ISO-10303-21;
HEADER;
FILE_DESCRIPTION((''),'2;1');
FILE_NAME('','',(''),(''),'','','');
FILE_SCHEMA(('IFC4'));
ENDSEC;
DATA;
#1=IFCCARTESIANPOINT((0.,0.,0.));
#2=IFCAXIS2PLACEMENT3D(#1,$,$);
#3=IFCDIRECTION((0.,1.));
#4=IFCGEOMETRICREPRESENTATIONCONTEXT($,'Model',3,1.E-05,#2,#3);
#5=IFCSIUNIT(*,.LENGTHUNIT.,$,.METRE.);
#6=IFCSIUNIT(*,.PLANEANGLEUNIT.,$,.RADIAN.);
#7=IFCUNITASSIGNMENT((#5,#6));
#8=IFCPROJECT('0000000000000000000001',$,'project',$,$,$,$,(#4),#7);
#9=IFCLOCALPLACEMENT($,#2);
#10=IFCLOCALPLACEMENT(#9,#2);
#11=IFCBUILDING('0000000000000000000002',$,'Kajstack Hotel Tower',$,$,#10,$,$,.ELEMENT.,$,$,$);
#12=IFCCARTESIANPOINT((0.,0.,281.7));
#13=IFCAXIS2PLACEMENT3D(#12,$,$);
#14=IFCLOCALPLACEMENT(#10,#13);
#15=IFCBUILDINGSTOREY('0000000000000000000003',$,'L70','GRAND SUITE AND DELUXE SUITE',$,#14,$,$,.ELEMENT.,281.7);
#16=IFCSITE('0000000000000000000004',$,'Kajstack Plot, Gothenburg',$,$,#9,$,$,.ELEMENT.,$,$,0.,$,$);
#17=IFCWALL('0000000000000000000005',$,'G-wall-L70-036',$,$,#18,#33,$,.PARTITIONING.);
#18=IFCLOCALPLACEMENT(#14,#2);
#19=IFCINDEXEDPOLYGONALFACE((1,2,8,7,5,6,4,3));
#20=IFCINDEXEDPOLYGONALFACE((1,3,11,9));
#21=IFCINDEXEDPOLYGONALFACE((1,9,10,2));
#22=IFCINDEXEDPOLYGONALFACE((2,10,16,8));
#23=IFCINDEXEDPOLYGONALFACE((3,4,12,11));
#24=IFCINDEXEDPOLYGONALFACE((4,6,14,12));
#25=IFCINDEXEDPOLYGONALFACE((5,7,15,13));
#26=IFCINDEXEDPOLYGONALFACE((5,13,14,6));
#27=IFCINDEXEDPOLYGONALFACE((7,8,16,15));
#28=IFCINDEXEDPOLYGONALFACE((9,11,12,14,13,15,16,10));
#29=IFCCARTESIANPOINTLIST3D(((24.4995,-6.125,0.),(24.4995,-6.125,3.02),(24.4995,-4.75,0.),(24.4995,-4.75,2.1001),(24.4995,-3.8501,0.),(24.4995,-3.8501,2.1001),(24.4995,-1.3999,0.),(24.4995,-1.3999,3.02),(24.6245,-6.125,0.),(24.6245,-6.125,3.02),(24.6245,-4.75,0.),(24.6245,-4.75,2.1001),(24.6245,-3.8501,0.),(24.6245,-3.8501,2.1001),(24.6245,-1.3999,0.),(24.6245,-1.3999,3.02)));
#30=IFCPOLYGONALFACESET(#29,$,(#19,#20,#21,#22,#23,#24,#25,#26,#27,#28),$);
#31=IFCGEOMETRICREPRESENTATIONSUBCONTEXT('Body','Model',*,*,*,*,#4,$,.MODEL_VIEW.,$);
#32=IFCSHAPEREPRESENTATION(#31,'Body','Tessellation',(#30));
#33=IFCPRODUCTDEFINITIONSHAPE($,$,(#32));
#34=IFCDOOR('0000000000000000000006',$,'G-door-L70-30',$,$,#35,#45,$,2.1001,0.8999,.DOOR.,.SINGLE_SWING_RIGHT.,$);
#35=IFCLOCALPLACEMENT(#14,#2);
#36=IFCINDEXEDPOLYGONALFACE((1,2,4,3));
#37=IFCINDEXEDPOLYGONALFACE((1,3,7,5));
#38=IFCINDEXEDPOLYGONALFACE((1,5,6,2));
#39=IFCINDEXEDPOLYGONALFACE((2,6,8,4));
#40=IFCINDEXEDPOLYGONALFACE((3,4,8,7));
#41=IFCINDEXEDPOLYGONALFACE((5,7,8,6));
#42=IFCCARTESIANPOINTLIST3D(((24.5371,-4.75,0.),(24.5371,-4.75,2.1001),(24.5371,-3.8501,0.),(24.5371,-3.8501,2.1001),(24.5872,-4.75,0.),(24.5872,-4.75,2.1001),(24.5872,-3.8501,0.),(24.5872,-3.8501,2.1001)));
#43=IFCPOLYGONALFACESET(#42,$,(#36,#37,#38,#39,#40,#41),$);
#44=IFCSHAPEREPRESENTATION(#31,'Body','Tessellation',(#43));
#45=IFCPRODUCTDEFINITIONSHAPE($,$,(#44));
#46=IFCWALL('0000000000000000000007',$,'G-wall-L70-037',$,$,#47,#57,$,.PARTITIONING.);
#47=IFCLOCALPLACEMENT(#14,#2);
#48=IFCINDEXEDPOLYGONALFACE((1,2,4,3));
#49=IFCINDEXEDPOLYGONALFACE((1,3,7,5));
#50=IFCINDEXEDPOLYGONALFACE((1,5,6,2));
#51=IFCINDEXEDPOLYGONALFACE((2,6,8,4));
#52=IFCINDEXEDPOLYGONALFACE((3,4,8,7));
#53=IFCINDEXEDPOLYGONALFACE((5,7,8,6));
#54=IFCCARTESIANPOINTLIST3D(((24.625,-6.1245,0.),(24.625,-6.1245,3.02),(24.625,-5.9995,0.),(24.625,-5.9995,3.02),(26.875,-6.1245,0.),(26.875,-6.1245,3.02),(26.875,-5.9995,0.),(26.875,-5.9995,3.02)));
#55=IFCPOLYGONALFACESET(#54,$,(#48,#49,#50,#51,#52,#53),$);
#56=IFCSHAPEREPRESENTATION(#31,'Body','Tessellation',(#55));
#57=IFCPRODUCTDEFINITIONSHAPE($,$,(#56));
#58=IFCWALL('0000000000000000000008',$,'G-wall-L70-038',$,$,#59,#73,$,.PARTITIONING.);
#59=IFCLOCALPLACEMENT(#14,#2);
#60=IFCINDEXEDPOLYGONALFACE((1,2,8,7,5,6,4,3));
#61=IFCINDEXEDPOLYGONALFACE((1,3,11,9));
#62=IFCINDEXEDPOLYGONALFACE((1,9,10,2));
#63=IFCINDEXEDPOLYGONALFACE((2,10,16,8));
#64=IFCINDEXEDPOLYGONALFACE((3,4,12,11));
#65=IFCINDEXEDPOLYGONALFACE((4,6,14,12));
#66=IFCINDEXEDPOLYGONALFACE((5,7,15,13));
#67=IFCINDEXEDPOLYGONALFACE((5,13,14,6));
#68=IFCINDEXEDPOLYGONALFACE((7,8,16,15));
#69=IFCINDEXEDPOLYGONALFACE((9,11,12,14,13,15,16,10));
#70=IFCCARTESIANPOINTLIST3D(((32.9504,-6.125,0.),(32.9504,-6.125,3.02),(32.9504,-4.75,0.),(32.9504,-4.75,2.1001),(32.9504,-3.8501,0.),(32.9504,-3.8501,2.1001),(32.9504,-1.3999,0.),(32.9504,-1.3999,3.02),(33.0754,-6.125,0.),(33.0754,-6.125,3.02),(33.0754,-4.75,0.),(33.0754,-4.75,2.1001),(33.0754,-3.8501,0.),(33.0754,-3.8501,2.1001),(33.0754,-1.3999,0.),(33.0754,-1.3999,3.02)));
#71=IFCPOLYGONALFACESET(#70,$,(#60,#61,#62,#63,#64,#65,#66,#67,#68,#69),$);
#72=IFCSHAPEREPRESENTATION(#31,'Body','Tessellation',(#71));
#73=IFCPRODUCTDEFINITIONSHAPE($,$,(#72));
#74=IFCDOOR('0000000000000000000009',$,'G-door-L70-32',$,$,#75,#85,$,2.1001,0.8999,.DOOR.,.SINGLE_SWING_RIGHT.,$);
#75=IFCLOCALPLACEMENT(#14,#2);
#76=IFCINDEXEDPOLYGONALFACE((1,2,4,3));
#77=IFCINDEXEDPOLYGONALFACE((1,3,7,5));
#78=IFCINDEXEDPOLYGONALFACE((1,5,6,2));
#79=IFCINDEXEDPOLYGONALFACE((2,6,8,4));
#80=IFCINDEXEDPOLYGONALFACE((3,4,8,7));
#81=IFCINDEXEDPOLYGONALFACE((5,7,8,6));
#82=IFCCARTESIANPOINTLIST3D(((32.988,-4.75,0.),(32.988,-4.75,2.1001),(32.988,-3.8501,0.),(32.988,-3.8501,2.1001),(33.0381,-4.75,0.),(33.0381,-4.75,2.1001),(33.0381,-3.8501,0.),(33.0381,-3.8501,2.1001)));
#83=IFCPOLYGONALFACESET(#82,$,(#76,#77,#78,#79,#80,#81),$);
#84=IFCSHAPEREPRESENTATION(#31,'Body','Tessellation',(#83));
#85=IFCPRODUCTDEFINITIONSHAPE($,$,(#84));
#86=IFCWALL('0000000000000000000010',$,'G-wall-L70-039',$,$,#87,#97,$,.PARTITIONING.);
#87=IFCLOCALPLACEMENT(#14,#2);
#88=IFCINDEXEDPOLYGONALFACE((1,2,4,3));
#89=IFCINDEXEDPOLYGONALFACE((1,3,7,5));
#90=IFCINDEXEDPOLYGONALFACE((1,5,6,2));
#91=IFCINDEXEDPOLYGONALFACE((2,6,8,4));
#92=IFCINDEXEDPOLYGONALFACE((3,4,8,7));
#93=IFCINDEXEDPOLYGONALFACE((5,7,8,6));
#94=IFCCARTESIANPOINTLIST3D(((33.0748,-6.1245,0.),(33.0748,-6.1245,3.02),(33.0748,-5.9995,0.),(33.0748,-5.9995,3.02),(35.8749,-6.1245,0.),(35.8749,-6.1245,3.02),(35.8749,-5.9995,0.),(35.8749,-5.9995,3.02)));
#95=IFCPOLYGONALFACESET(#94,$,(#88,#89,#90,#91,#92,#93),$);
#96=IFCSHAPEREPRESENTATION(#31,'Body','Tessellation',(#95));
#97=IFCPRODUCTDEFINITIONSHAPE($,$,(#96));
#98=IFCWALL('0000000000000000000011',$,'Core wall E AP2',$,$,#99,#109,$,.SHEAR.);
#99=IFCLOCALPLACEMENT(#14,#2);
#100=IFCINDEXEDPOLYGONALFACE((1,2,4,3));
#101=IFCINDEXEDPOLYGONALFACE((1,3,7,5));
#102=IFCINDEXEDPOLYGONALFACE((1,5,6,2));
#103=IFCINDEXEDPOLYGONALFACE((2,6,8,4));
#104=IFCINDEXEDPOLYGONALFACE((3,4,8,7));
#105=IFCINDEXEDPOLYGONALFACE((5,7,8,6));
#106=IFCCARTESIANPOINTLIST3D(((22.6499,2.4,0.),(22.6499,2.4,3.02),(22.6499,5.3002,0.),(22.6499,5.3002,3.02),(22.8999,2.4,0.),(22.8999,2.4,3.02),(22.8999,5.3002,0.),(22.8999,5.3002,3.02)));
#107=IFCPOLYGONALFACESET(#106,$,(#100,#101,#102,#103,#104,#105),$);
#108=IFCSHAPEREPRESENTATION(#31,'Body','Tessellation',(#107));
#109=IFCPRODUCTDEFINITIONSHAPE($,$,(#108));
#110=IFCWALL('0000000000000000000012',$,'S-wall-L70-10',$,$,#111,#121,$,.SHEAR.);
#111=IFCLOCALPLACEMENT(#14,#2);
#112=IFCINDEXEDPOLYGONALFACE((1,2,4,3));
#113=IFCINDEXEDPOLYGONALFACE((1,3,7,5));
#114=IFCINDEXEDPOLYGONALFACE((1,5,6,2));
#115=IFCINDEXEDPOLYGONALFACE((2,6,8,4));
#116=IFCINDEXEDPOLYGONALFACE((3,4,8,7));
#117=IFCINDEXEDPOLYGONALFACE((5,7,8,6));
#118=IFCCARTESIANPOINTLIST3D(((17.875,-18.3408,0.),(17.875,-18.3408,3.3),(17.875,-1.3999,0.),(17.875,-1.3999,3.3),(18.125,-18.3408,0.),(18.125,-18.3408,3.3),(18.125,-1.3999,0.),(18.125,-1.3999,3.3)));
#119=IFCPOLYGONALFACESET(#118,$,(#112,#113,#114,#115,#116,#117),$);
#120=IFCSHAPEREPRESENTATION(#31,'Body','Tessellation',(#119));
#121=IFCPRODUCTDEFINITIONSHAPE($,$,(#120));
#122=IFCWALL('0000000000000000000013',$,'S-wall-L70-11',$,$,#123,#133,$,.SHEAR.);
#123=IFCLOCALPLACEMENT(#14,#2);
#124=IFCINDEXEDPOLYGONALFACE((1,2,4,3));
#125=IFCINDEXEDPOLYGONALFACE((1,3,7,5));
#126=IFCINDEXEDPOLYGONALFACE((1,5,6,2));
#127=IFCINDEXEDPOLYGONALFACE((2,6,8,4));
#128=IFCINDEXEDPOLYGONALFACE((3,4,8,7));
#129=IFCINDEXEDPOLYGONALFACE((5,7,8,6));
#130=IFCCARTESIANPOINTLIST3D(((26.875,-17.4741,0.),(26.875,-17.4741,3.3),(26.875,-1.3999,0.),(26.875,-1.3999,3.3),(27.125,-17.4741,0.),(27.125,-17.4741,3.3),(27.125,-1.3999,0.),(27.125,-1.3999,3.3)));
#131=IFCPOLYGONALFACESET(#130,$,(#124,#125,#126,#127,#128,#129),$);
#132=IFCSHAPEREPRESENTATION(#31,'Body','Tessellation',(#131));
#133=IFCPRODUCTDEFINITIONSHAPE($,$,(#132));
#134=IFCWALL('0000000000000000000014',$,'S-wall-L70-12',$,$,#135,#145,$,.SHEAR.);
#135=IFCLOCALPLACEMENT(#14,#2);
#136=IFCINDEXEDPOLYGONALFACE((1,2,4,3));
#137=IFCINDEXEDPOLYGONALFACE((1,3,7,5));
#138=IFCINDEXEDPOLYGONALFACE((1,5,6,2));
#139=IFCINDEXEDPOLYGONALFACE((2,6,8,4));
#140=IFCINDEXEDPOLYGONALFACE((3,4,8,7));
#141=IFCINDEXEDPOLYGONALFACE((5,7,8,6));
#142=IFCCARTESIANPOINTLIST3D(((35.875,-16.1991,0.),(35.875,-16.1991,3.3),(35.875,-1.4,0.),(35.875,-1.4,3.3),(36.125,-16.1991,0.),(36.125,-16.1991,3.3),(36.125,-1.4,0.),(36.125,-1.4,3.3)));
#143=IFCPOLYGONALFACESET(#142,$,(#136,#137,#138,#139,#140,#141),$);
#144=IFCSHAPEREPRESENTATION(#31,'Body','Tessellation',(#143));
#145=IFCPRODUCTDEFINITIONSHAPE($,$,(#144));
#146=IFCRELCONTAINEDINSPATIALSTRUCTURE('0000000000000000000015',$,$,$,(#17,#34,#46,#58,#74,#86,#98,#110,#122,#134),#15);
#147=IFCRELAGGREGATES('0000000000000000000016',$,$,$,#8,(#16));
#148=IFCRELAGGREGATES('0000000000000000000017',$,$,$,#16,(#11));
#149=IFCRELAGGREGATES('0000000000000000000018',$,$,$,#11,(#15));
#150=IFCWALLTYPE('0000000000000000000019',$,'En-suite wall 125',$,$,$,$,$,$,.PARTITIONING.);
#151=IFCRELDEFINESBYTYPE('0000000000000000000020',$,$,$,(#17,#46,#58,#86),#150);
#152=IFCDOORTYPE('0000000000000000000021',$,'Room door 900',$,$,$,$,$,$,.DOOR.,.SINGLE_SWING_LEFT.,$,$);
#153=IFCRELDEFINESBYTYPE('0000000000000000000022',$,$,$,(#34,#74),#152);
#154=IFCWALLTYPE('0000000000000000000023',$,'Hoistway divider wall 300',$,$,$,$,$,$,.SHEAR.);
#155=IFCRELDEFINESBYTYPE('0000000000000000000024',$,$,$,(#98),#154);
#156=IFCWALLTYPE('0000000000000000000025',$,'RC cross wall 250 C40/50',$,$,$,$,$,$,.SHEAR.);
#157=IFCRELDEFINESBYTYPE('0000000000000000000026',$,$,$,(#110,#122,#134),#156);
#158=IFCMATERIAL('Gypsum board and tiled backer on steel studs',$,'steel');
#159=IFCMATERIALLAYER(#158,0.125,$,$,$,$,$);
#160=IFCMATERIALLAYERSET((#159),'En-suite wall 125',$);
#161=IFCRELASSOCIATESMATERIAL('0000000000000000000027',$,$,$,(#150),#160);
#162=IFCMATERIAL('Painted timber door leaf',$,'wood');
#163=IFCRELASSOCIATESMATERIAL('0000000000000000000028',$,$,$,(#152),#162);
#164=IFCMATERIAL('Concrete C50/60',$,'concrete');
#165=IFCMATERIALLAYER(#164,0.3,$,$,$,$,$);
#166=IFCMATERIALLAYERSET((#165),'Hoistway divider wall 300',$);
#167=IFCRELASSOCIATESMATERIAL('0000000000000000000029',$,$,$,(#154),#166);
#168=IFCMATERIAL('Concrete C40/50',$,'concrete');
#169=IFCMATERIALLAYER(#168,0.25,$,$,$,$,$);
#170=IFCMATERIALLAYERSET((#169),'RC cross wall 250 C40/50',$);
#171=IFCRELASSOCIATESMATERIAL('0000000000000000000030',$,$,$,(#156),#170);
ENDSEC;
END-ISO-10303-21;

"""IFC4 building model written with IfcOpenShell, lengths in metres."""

from ifc_helpers import new_model, si_unit, direction, frame, frame_2d, origin, place, context, subcontext, project, spatial, rectangle, extrude, material, layer, layer_set, type_object, element, fill, save


model = new_model("IFC4")

# Units and contexts
model_context = context("Model", 3, precision=1e-05, world=origin(), true_north=direction((0.0, 1.0)))
body_context = subcontext(model_context, "Body", "Model", "MODEL_VIEW")
ifc_project = project(units=[si_unit("LENGTHUNIT", "METRE"), si_unit("PLANEANGLEUNIT", "RADIAN")], contexts=[model_context])

# Site, building, storey
site_placement = place(None, origin())
site = spatial("IfcSite", under=ifc_project, at=site_placement, Name="Kajstack Plot, Gothenburg", CompositionType="ELEMENT", RefElevation=0.0)
building_placement = place(site_placement, origin())
building = spatial("IfcBuilding", under=site, at=building_placement, Name="Kajstack Hotel Tower", CompositionType="ELEMENT")
storey_placement = place(building_placement, frame((0.0, 0.0, 281.7)))
storey = spatial("IfcBuildingStorey", under=building, at=storey_placement, Name="L70", Description="GRAND SUITE AND DELUXE SUITE", CompositionType="ELEMENT", Elevation=281.7)

# Shared definitions
ifc_material_1 = material(Name="Gypsum board and tiled backer on steel studs", Category="steel")
ifc_layer_1 = layer(ifc_material_1, 0.125)
ifc_layer_set_1 = layer_set([ifc_layer_1], Name="En-suite wall 125")
wall_type_1 = type_object("IfcWallType", Name="En-suite wall 125", PredefinedType="PARTITIONING", material=ifc_layer_set_1)
ifc_material_2 = material(Name="Painted timber door leaf", Category="wood")
door_type_1 = type_object("IfcDoorType", Name="Room door 900", OperationType="SINGLE_SWING_LEFT", PredefinedType="DOOR", material=ifc_material_2)

# Wall, opening, door
wall_1_placement = place(storey_placement, frame((24.562, -6.125, 0.0), z_axis=(0.0, 0.0, 1.0), x_axis=(0.0, 1.0, 0.0)))
wall_1 = element("IfcWall", 1, at=wall_1_placement, inside=storey, type_object=wall_type_1, Name="G-wall-L70-036", PredefinedType="PARTITIONING", context=body_context, shape_type="SweptSolid", body=[
    extrude(rectangle(XDim=4.7251, YDim=0.125, at=frame_2d((2.3625, 0.0))), origin(), (0.0, 0.0, 1.0), 3.02),
])
opening_1_placement = place(wall_1_placement, frame((1.375, 0.0, 0.0)))
opening_1 = element("IfcOpeningElement", 2, at=opening_1_placement, cuts=wall_1, PredefinedType="OPENING", context=body_context, shape_type="SweptSolid", body=[
    extrude(rectangle(XDim=0.8999, YDim=2.1001, at=frame_2d((0.45, 1.05))), frame((0.0, 0.0725, 0.0), z_axis=(0.0, -1.0, 0.0), x_axis=(1.0, 0.0, 0.0)), (0.0, 0.0, 1.0), 0.145),
])
door_1_placement = place(opening_1_placement, origin())
door_1 = element("IfcDoor", 3, at=door_1_placement, inside=storey, type_object=door_type_1, Name="G-door-L70-30", OperationType="SINGLE_SWING_RIGHT", OverallHeight=2.1001, OverallWidth=0.8999, PredefinedType="DOOR", context=body_context, shape_type="SweptSolid", body=[
    extrude(rectangle(XDim=0.8999, YDim=2.1001, at=frame_2d((0.45, 1.05))), frame((0.0, 0.0249, 0.0), z_axis=(0.0, -1.0, 0.0), x_axis=(1.0, 0.0, 0.0)), (0.0, 0.0, 1.0), 0.05),
])
fill(opening_1, door_1)

# Wall
wall_2_placement = place(storey_placement, frame((24.625, -6.062, 0.0), z_axis=(0.0, 0.0, 1.0), x_axis=(1.0, 0.0, 0.0)))
element("IfcWall", 4, at=wall_2_placement, inside=storey, type_object=wall_type_1, Name="G-wall-L70-037", PredefinedType="PARTITIONING", context=body_context, shape_type="SweptSolid", body=[
    extrude(rectangle(XDim=2.25, YDim=0.125, at=frame_2d((1.125, 0.0))), origin(), (0.0, 0.0, 1.0), 3.02),
])

# Wall, opening, door
wall_3_placement = place(storey_placement, frame((33.0129, -6.125, 0.0), z_axis=(0.0, 0.0, 1.0), x_axis=(0.0, 1.0, 0.0)))
wall_3 = element("IfcWall", 5, at=wall_3_placement, inside=storey, type_object=wall_type_1, Name="G-wall-L70-038", PredefinedType="PARTITIONING", context=body_context, shape_type="SweptSolid", body=[
    extrude(rectangle(XDim=4.7251, YDim=0.125, at=frame_2d((2.3625, 0.0))), origin(), (0.0, 0.0, 1.0), 3.02),
])
opening_2_placement = place(wall_3_placement, frame((1.375, 0.0, 0.0)))
opening_2 = element("IfcOpeningElement", 6, at=opening_2_placement, cuts=wall_3, PredefinedType="OPENING", context=body_context, shape_type="SweptSolid", body=[
    extrude(rectangle(XDim=0.8999, YDim=2.1001, at=frame_2d((0.45, 1.05))), frame((0.0, 0.0725, 0.0), z_axis=(0.0, -1.0, 0.0), x_axis=(1.0, 0.0, 0.0)), (0.0, 0.0, 1.0), 0.145),
])
door_2_placement = place(opening_2_placement, origin())
door_2 = element("IfcDoor", 7, at=door_2_placement, inside=storey, type_object=door_type_1, Name="G-door-L70-32", OperationType="SINGLE_SWING_RIGHT", OverallHeight=2.1001, OverallWidth=0.8999, PredefinedType="DOOR", context=body_context, shape_type="SweptSolid", body=[
    extrude(rectangle(XDim=0.8999, YDim=2.1001, at=frame_2d((0.45, 1.05))), frame((0.0, 0.0249, 0.0), z_axis=(0.0, -1.0, 0.0), x_axis=(1.0, 0.0, 0.0)), (0.0, 0.0, 1.0), 0.05),
])
fill(opening_2, door_2)

# Walls
wall_4_placement = place(storey_placement, frame((33.075, -6.062, 0.0), z_axis=(0.0, 0.0, 1.0), x_axis=(1.0, 0.0, 0.0)))
element("IfcWall", 8, at=wall_4_placement, inside=storey, type_object=wall_type_1, Name="G-wall-L70-039", PredefinedType="PARTITIONING", context=body_context, shape_type="SweptSolid", body=[
    extrude(rectangle(XDim=2.8, YDim=0.125, at=frame_2d((1.3999, 0.0))), origin(), (0.0, 0.0, 1.0), 3.02),
])
ifc_material_3 = material(Name="Concrete C50/60", Category="concrete")
ifc_layer_2 = layer(ifc_material_3, 0.3)
ifc_layer_set_2 = layer_set([ifc_layer_2], Name="Hoistway divider wall 300")
wall_type_2 = type_object("IfcWallType", Name="Hoistway divider wall 300", PredefinedType="SHEAR", material=ifc_layer_set_2)
wall_5_placement = place(storey_placement, frame((22.7749, 2.3999, 0.0), z_axis=(0.0, 0.0, 1.0), x_axis=(0.0, 1.0, 0.0)))
element("IfcWall", 9, at=wall_5_placement, inside=storey, type_object=wall_type_2, Name="Core wall E AP2", PredefinedType="SHEAR", context=body_context, shape_type="SweptSolid", body=[
    extrude(rectangle(XDim=2.9001, YDim=0.25, at=frame_2d((1.4502, 0.0))), origin(), (0.0, 0.0, 1.0), 3.02),
])
ifc_material_4 = material(Name="Concrete C40/50", Category="concrete")
ifc_layer_3 = layer(ifc_material_4, 0.25)
ifc_layer_set_3 = layer_set([ifc_layer_3], Name="RC cross wall 250 C40/50")
wall_type_3 = type_object("IfcWallType", Name="RC cross wall 250 C40/50", PredefinedType="SHEAR", material=ifc_layer_set_3)
wall_6_placement = place(storey_placement, frame((18.0, -18.3408, 0.0), z_axis=(0.0, 0.0, 1.0), x_axis=(0.0, 1.0, 0.0)))
element("IfcWall", 10, at=wall_6_placement, inside=storey, type_object=wall_type_3, Name="S-wall-L70-10", PredefinedType="SHEAR", context=body_context, shape_type="SweptSolid", body=[
    extrude(rectangle(XDim=16.9409, YDim=0.25, at=frame_2d((8.4705, 0.0))), origin(), (0.0, 0.0, 1.0), 3.3),
])
wall_7_placement = place(storey_placement, frame((27.0, -17.4741, 0.0), z_axis=(0.0, 0.0, 1.0), x_axis=(0.0, 1.0, 0.0)))
element("IfcWall", 11, at=wall_7_placement, inside=storey, type_object=wall_type_3, Name="S-wall-L70-11", PredefinedType="SHEAR", context=body_context, shape_type="SweptSolid", body=[
    extrude(rectangle(XDim=16.0742, YDim=0.25, at=frame_2d((8.0371, 0.0))), origin(), (0.0, 0.0, 1.0), 3.3),
])
wall_8_placement = place(storey_placement, frame((36.0, -16.199, 0.0), z_axis=(0.0, 0.0, 1.0), x_axis=(0.0, 1.0, 0.0)))
element("IfcWall", 12, at=wall_8_placement, inside=storey, type_object=wall_type_3, Name="S-wall-L70-12", PredefinedType="SHEAR", context=body_context, shape_type="SweptSolid", body=[
    extrude(rectangle(XDim=14.7991, YDim=0.25, at=frame_2d((7.3994, 0.0))), origin(), (0.0, 0.0, 1.0), 3.3),
])

save(model, "model.ifc")
